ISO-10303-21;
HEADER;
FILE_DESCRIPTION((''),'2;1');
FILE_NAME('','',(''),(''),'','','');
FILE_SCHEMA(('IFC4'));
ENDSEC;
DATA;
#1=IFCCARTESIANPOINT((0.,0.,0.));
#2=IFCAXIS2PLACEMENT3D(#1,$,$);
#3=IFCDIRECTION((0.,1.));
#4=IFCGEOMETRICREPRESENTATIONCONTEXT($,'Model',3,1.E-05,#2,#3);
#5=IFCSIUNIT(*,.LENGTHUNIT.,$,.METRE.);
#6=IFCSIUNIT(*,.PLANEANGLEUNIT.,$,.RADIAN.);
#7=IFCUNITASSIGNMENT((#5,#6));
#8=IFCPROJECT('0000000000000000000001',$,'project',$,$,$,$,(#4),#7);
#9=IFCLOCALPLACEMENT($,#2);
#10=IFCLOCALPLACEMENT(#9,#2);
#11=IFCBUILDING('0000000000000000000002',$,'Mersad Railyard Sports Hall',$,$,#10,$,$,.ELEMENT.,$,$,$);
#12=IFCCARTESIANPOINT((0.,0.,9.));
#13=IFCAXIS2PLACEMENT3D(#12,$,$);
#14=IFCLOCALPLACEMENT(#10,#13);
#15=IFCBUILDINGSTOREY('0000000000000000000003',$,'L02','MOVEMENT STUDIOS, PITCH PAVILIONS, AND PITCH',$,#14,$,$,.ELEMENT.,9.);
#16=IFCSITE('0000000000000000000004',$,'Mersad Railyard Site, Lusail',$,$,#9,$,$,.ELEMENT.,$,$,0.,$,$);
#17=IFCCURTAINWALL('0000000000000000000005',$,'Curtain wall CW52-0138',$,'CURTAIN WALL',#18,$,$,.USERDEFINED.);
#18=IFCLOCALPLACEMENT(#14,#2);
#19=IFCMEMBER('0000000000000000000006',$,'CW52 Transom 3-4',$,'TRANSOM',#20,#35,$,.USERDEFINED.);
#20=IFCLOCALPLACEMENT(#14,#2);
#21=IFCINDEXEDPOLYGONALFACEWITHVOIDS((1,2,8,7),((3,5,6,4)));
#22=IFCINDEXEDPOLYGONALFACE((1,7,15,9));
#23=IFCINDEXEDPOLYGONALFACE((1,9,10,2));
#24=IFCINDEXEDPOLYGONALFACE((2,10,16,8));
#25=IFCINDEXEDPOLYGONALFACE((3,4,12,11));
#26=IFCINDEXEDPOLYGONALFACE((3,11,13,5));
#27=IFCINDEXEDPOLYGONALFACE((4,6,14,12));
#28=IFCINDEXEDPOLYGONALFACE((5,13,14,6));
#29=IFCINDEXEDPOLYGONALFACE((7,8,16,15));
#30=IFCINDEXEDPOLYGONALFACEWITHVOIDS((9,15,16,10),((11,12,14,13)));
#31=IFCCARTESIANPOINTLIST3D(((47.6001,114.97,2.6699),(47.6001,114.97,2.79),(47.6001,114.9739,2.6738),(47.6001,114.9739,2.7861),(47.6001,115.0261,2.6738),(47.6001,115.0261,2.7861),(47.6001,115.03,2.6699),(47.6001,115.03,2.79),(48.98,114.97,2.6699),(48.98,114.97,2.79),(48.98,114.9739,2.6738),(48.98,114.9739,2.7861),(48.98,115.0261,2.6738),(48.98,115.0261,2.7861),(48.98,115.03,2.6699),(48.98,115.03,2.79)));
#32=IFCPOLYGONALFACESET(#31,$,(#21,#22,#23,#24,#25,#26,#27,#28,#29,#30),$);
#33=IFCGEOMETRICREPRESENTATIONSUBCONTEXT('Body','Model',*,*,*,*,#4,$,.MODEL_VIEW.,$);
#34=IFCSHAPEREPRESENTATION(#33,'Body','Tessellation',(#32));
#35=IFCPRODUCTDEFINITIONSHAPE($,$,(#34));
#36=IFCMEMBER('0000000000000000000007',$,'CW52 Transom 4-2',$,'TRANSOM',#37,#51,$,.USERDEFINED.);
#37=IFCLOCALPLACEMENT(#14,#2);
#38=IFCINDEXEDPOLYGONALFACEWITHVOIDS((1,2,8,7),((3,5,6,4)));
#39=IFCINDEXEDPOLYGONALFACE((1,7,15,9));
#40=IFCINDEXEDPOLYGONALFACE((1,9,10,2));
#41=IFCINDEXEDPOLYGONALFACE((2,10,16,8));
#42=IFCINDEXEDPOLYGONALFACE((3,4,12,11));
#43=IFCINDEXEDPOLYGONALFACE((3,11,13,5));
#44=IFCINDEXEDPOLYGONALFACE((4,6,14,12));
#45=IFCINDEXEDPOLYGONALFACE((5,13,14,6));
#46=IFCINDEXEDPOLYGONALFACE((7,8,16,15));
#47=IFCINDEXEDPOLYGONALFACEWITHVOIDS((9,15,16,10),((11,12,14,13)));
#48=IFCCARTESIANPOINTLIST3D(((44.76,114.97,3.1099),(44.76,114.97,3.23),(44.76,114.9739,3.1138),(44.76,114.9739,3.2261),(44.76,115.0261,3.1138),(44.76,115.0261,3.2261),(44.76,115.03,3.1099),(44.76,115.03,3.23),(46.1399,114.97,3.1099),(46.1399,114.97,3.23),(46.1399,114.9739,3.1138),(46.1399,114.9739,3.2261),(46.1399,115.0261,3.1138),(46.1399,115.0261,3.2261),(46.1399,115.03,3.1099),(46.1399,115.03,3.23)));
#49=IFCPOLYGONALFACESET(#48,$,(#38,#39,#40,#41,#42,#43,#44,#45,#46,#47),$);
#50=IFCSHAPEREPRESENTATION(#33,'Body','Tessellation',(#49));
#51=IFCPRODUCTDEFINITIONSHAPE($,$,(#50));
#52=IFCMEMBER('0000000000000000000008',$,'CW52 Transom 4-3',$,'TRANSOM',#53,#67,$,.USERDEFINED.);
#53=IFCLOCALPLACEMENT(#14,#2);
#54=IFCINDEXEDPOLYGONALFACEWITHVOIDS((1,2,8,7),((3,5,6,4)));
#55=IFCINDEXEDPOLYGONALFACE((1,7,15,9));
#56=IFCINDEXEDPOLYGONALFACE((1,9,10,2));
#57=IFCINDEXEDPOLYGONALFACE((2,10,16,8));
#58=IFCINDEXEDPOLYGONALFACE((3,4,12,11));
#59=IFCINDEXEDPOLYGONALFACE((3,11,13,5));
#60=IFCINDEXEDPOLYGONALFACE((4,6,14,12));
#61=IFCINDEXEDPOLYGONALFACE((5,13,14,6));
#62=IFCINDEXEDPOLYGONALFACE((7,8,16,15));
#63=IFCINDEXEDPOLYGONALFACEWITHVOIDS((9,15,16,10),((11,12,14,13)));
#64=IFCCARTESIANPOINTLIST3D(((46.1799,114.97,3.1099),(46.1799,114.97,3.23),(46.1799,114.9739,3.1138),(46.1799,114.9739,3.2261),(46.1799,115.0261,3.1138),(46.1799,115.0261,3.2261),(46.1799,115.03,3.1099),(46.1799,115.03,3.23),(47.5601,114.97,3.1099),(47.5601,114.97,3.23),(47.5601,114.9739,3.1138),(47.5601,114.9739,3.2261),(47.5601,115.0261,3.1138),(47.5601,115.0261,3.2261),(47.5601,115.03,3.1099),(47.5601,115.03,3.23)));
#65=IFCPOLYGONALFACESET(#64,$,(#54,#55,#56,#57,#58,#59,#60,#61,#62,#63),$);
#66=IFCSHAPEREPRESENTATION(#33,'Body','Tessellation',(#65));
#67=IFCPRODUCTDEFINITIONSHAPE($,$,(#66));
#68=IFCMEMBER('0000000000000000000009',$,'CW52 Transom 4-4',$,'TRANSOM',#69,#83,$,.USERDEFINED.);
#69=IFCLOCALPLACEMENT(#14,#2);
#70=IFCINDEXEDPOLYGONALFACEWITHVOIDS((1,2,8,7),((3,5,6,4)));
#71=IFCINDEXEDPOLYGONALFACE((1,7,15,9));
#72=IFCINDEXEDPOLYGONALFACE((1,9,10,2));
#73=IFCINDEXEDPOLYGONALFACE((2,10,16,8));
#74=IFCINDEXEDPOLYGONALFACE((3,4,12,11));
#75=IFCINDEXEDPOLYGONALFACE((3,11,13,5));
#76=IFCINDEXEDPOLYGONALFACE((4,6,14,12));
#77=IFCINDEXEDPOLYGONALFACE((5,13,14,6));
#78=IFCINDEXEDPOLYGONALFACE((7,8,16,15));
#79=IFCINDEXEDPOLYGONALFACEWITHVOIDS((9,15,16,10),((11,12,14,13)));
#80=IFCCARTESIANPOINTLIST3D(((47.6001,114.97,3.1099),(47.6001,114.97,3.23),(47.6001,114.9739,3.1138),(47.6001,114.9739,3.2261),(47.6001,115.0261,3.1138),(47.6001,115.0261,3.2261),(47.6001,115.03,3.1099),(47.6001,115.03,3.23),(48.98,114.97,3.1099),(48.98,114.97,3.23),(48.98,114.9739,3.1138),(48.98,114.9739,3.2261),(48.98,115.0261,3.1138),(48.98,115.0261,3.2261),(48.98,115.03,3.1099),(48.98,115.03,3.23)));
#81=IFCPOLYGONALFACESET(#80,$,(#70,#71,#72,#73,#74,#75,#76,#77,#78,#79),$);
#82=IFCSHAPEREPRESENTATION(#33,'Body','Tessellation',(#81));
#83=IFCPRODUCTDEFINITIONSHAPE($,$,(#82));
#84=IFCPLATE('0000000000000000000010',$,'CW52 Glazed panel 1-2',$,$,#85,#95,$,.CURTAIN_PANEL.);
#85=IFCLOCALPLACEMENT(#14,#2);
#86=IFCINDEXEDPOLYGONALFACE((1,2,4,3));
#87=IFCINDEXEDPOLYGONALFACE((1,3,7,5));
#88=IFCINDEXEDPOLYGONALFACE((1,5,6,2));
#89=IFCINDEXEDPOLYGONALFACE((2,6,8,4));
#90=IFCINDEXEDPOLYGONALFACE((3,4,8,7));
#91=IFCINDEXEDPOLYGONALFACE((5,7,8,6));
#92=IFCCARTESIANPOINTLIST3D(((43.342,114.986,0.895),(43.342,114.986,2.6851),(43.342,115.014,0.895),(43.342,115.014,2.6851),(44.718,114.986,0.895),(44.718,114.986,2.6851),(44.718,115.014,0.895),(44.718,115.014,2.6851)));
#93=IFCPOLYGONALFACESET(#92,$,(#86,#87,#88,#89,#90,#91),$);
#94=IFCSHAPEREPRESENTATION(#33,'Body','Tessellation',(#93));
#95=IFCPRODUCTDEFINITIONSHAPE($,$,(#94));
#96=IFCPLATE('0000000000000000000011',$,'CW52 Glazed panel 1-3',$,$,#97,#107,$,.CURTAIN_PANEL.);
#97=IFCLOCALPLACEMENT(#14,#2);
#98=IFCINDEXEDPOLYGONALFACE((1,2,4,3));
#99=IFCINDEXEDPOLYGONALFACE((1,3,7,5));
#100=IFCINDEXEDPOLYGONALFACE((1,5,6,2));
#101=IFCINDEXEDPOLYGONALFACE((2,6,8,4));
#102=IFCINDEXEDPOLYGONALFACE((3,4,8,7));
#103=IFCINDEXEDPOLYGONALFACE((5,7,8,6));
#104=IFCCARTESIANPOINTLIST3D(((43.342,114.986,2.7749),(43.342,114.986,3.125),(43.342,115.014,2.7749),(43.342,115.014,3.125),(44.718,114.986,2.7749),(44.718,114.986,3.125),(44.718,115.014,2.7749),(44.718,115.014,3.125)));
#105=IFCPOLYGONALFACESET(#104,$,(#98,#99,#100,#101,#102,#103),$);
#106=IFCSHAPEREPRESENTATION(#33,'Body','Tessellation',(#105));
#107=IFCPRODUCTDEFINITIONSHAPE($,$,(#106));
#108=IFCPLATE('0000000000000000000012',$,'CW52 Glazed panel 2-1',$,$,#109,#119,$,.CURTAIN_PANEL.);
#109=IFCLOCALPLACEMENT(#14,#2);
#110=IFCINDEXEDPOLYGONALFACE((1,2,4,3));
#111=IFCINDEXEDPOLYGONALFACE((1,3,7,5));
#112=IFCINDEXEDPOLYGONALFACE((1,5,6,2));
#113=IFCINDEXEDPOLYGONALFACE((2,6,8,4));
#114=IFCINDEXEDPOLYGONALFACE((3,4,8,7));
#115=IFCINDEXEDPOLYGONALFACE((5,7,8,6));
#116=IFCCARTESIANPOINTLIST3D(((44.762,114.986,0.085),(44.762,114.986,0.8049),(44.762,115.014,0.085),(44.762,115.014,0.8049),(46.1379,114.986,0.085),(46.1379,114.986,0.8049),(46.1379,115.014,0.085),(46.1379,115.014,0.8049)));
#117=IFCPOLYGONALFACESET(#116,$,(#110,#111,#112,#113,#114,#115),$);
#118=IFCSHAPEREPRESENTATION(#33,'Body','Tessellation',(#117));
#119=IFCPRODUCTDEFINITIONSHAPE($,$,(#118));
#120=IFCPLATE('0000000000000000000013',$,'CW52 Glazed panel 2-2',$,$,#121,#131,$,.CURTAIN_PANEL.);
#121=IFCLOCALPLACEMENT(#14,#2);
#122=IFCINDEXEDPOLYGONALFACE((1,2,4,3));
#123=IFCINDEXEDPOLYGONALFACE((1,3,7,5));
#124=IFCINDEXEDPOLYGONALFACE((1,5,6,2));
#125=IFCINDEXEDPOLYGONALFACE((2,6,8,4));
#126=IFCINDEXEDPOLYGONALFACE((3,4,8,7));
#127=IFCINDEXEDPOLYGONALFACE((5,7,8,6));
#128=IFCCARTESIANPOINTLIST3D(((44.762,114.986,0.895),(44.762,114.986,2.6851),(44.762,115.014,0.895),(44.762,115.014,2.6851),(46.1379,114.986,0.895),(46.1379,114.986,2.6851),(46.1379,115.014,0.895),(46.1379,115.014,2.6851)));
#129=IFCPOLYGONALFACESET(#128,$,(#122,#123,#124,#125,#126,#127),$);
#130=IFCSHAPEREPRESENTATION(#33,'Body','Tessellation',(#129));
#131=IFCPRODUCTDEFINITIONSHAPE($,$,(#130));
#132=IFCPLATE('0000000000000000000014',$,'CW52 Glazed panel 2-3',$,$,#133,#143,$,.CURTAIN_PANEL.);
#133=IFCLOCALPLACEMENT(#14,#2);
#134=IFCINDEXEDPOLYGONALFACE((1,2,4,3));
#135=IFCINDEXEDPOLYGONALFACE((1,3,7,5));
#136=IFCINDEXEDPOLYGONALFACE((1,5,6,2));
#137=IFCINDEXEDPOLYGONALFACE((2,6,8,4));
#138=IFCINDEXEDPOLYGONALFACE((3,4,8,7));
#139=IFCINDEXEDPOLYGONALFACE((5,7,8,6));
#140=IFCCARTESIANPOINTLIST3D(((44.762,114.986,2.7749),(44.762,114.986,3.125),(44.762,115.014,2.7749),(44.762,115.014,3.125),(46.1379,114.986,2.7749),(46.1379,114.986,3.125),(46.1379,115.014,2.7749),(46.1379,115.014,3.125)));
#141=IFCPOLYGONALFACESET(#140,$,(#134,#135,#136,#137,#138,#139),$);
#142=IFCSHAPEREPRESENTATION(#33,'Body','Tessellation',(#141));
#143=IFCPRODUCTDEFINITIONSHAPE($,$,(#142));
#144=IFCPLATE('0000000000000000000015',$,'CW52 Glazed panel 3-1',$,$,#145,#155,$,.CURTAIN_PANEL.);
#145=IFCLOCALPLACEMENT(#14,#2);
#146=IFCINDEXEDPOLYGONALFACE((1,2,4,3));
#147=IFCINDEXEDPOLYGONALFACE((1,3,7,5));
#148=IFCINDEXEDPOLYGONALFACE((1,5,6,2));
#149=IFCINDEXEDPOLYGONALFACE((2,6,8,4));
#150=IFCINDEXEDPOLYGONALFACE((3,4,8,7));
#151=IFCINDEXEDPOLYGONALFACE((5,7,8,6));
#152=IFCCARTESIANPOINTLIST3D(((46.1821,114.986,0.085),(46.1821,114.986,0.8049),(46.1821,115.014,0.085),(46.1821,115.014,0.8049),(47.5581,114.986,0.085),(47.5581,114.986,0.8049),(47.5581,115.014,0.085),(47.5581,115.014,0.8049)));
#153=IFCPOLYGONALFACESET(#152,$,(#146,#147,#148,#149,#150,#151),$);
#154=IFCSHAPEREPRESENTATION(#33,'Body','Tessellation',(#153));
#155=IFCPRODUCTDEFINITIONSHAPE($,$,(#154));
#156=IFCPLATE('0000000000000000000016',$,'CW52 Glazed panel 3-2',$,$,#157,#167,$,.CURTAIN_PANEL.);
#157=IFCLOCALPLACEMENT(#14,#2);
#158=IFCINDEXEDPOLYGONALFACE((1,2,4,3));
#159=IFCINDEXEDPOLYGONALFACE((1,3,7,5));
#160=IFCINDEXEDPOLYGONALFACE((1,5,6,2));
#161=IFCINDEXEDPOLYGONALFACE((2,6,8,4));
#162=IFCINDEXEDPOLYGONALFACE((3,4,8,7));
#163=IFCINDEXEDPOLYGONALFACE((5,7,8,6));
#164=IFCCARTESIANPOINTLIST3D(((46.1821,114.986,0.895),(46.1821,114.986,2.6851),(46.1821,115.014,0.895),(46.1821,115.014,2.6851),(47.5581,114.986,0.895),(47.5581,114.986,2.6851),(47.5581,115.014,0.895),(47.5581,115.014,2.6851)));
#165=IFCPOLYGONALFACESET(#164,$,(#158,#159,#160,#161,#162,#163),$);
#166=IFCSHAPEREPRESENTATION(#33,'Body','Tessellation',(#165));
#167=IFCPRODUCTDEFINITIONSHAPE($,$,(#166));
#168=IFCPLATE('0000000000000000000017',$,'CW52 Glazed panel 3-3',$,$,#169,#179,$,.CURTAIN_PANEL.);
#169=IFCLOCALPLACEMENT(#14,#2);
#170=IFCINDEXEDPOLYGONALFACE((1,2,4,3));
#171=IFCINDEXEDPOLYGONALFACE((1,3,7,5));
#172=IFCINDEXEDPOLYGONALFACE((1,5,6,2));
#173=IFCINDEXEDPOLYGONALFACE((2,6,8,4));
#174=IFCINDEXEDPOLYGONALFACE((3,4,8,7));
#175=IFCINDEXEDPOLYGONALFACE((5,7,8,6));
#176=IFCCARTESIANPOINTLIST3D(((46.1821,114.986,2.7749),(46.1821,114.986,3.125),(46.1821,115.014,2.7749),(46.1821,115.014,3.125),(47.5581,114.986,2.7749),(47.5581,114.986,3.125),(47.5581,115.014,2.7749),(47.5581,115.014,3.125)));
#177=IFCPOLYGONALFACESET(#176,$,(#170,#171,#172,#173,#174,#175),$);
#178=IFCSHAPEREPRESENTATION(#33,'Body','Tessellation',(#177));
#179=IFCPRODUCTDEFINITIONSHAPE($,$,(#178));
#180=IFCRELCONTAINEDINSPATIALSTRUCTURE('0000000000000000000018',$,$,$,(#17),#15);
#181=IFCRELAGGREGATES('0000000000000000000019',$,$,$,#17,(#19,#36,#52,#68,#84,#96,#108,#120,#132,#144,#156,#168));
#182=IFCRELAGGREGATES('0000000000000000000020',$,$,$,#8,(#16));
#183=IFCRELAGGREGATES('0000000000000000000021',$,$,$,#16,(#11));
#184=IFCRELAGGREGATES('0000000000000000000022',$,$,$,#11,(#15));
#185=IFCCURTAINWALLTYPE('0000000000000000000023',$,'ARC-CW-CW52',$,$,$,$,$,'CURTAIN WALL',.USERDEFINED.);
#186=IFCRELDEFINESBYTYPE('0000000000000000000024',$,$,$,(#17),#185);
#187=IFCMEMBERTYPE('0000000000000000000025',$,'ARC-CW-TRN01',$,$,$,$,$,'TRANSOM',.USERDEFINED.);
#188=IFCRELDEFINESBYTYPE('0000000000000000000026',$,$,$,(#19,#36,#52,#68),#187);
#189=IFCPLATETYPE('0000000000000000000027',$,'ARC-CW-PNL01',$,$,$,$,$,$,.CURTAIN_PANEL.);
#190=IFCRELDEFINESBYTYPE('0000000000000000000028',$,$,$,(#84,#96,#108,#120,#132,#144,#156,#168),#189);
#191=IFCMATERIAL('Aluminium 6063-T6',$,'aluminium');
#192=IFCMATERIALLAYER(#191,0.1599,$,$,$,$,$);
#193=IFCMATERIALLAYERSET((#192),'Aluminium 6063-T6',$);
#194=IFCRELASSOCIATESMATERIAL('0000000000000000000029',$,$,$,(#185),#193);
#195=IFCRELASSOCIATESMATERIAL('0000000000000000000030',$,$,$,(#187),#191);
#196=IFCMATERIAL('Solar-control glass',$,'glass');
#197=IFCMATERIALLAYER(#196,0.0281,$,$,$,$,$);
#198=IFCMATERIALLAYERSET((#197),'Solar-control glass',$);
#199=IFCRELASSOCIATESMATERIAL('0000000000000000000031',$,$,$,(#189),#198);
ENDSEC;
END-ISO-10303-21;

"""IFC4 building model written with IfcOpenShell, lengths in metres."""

from ifc_helpers import new_model, si_unit, direction, frame, origin, origin_2d, place, context, subcontext, project, spatial, rectangle, hollow_rectangle, extrude, material, layer, layer_set, material_profile, profile_set, type_object, element, aggregate, save


model = new_model("IFC4")

# Units and contexts
model_context = context("Model", 3, precision=1e-05, world=origin(), true_north=direction((0.0, 1.0)))
body_context = subcontext(model_context, "Body", "Model", "MODEL_VIEW")
ifc_project = project(units=[si_unit("LENGTHUNIT", "METRE"), si_unit("PLANEANGLEUNIT", "RADIAN")], contexts=[model_context])

# Site, building, storey
site_placement = place(None, origin())
site = spatial("IfcSite", under=ifc_project, at=site_placement, Name="Mersad Railyard Site, Lusail", CompositionType="ELEMENT", RefElevation=0.0)
building_placement = place(site_placement, origin())
building = spatial("IfcBuilding", under=site, at=building_placement, Name="Mersad Railyard Sports Hall", CompositionType="ELEMENT")
storey_placement = place(building_placement, frame((0.0, 0.0, 9.0)))
storey = spatial("IfcBuildingStorey", under=building, at=storey_placement, Name="L02", Description="MOVEMENT STUDIOS, PITCH PAVILIONS, AND PITCH", CompositionType="ELEMENT", Elevation=9.0)

# Curtain wall, members, plates
ifc_material_1 = material(Name="Aluminium 6063-T6", Category="aluminium")
ifc_layer_1 = layer(ifc_material_1, 0.1599)
ifc_layer_set_1 = layer_set([ifc_layer_1], Name="Aluminium 6063-T6")
curtain_wall_type = type_object("IfcCurtainWallType", Name="ARC-CW-CW52", ElementType="CURTAIN WALL", PredefinedType="USERDEFINED", material=ifc_layer_set_1)
curtain_wall_placement = place(storey_placement, origin())
curtain_wall = element("IfcCurtainWall", 1, at=curtain_wall_placement, inside=storey, type_object=curtain_wall_type, Name="Curtain wall CW52-0138", ObjectType="CURTAIN WALL", PredefinedType="USERDEFINED")
ifc_material_profile_1 = material_profile(ifc_material_1, hollow_rectangle(XDim=0.0601, YDim=0.1201, WallThickness=0.0039, at=origin_2d()), Name="AL TRANSOM 60x120x4")
ifc_profile_set_1 = profile_set([ifc_material_profile_1], Name="Aluminium 6063-T6")
member_type_1 = type_object("IfcMemberType", Name="ARC-CW-TRN01", ElementType="TRANSOM", PredefinedType="USERDEFINED", material=ifc_profile_set_1)
member_1_placement = place(storey_placement, frame((47.6001, 115.0, 2.73), z_axis=(1.0, 0.0, 0.0), x_axis=(0.0, 1.0, 0.0)))
member_1 = element("IfcMember", 2, at=member_1_placement, type_object=member_type_1, Name="CW52 Transom 3-4", ObjectType="TRANSOM", PredefinedType="USERDEFINED", context=body_context, shape_type="SweptSolid", body=[
    extrude(hollow_rectangle(XDim=0.0601, YDim=0.1201, WallThickness=0.0039, at=origin_2d()), origin(), (0.0, 0.0, 1.0), 1.3799),
])
member_2_placement = place(storey_placement, frame((44.76, 115.0, 3.1699), z_axis=(1.0, 0.0, 0.0), x_axis=(0.0, 1.0, 0.0)))
member_2 = element("IfcMember", 3, at=member_2_placement, type_object=member_type_1, Name="CW52 Transom 4-2", ObjectType="TRANSOM", PredefinedType="USERDEFINED", context=body_context, shape_type="SweptSolid", body=[
    extrude(hollow_rectangle(XDim=0.0601, YDim=0.1201, WallThickness=0.0039, at=origin_2d()), origin(), (0.0, 0.0, 1.0), 1.3799),
])
member_3_placement = place(storey_placement, frame((46.1799, 115.0, 3.1699), z_axis=(1.0, 0.0, 0.0), x_axis=(0.0, 1.0, 0.0)))
member_3 = element("IfcMember", 4, at=member_3_placement, type_object=member_type_1, Name="CW52 Transom 4-3", ObjectType="TRANSOM", PredefinedType="USERDEFINED", context=body_context, shape_type="SweptSolid", body=[
    extrude(hollow_rectangle(XDim=0.0601, YDim=0.1201, WallThickness=0.0039, at=origin_2d()), origin(), (0.0, 0.0, 1.0), 1.3801),
])
member_4_placement = place(storey_placement, frame((47.6001, 115.0, 3.1699), z_axis=(1.0, 0.0, 0.0), x_axis=(0.0, 1.0, 0.0)))
member_4 = element("IfcMember", 5, at=member_4_placement, type_object=member_type_1, Name="CW52 Transom 4-4", ObjectType="TRANSOM", PredefinedType="USERDEFINED", context=body_context, shape_type="SweptSolid", body=[
    extrude(hollow_rectangle(XDim=0.0601, YDim=0.1201, WallThickness=0.0039, at=origin_2d()), origin(), (0.0, 0.0, 1.0), 1.3799),
])
ifc_material_2 = material(Name="Solar-control glass", Category="glass")
ifc_layer_2 = layer(ifc_material_2, 0.0281)
ifc_layer_set_2 = layer_set([ifc_layer_2], Name="Solar-control glass")
plate_type = type_object("IfcPlateType", Name="ARC-CW-PNL01", PredefinedType="CURTAIN_PANEL", material=ifc_layer_set_2)
plate_1_placement = place(storey_placement, frame((44.03, 115.0, 0.895), z_axis=(0.0, 0.0, 1.0), x_axis=(1.0, 0.0, 0.0)))
plate_1 = element("IfcPlate", 6, at=plate_1_placement, type_object=plate_type, Name="CW52 Glazed panel 1-2", PredefinedType="CURTAIN_PANEL", context=body_context, shape_type="SweptSolid", body=[
    extrude(rectangle(XDim=1.376, YDim=0.0281, at=origin_2d()), origin(), (0.0, 0.0, 1.0), 1.79),
])
plate_2_placement = place(storey_placement, frame((44.03, 115.0, 2.7749), z_axis=(0.0, 0.0, 1.0), x_axis=(1.0, 0.0, 0.0)))
plate_2 = element("IfcPlate", 7, at=plate_2_placement, type_object=plate_type, Name="CW52 Glazed panel 1-3", PredefinedType="CURTAIN_PANEL", context=body_context, shape_type="SweptSolid", body=[
    extrude(rectangle(XDim=1.376, YDim=0.0281, at=origin_2d()), origin(), (0.0, 0.0, 1.0), 0.3501),
])
plate_3_placement = place(storey_placement, frame((45.45, 115.0, 0.085), z_axis=(0.0, 0.0, 1.0), x_axis=(1.0, 0.0, 0.0)))
plate_3 = element("IfcPlate", 8, at=plate_3_placement, type_object=plate_type, Name="CW52 Glazed panel 2-1", PredefinedType="CURTAIN_PANEL", context=body_context, shape_type="SweptSolid", body=[
    extrude(rectangle(XDim=1.376, YDim=0.0281, at=origin_2d()), origin(), (0.0, 0.0, 1.0), 0.72),
])
plate_4_placement = place(storey_placement, frame((45.45, 115.0, 0.895), z_axis=(0.0, 0.0, 1.0), x_axis=(1.0, 0.0, 0.0)))
plate_4 = element("IfcPlate", 9, at=plate_4_placement, type_object=plate_type, Name="CW52 Glazed panel 2-2", PredefinedType="CURTAIN_PANEL", context=body_context, shape_type="SweptSolid", body=[
    extrude(rectangle(XDim=1.376, YDim=0.0281, at=origin_2d()), origin(), (0.0, 0.0, 1.0), 1.79),
])
plate_5_placement = place(storey_placement, frame((45.45, 115.0, 2.7749), z_axis=(0.0, 0.0, 1.0), x_axis=(1.0, 0.0, 0.0)))
plate_5 = element("IfcPlate", 10, at=plate_5_placement, type_object=plate_type, Name="CW52 Glazed panel 2-3", PredefinedType="CURTAIN_PANEL", context=body_context, shape_type="SweptSolid", body=[
    extrude(rectangle(XDim=1.376, YDim=0.0281, at=origin_2d()), origin(), (0.0, 0.0, 1.0), 0.3501),
])
plate_6_placement = place(storey_placement, frame((46.8701, 115.0, 0.085), z_axis=(0.0, 0.0, 1.0), x_axis=(1.0, 0.0, 0.0)))
plate_6 = element("IfcPlate", 11, at=plate_6_placement, type_object=plate_type, Name="CW52 Glazed panel 3-1", PredefinedType="CURTAIN_PANEL", context=body_context, shape_type="SweptSolid", body=[
    extrude(rectangle(XDim=1.376, YDim=0.0281, at=origin_2d()), origin(), (0.0, 0.0, 1.0), 0.72),
])
plate_7_placement = place(storey_placement, frame((46.8701, 115.0, 0.895), z_axis=(0.0, 0.0, 1.0), x_axis=(1.0, 0.0, 0.0)))
plate_7 = element("IfcPlate", 12, at=plate_7_placement, type_object=plate_type, Name="CW52 Glazed panel 3-2", PredefinedType="CURTAIN_PANEL", context=body_context, shape_type="SweptSolid", body=[
    extrude(rectangle(XDim=1.376, YDim=0.0281, at=origin_2d()), origin(), (0.0, 0.0, 1.0), 1.79),
])
plate_8_placement = place(storey_placement, frame((46.8701, 115.0, 2.7749), z_axis=(0.0, 0.0, 1.0), x_axis=(1.0, 0.0, 0.0)))
plate_8 = element("IfcPlate", 13, at=plate_8_placement, type_object=plate_type, Name="CW52 Glazed panel 3-3", PredefinedType="CURTAIN_PANEL", context=body_context, shape_type="SweptSolid", body=[
    extrude(rectangle(XDim=1.376, YDim=0.0281, at=origin_2d()), origin(), (0.0, 0.0, 1.0), 0.3501),
])
aggregate(curtain_wall, [member_1, member_2, member_3, member_4, plate_1, plate_2, plate_3, plate_4, plate_5, plate_6, plate_7, plate_8])

save(model, "model.ifc")
